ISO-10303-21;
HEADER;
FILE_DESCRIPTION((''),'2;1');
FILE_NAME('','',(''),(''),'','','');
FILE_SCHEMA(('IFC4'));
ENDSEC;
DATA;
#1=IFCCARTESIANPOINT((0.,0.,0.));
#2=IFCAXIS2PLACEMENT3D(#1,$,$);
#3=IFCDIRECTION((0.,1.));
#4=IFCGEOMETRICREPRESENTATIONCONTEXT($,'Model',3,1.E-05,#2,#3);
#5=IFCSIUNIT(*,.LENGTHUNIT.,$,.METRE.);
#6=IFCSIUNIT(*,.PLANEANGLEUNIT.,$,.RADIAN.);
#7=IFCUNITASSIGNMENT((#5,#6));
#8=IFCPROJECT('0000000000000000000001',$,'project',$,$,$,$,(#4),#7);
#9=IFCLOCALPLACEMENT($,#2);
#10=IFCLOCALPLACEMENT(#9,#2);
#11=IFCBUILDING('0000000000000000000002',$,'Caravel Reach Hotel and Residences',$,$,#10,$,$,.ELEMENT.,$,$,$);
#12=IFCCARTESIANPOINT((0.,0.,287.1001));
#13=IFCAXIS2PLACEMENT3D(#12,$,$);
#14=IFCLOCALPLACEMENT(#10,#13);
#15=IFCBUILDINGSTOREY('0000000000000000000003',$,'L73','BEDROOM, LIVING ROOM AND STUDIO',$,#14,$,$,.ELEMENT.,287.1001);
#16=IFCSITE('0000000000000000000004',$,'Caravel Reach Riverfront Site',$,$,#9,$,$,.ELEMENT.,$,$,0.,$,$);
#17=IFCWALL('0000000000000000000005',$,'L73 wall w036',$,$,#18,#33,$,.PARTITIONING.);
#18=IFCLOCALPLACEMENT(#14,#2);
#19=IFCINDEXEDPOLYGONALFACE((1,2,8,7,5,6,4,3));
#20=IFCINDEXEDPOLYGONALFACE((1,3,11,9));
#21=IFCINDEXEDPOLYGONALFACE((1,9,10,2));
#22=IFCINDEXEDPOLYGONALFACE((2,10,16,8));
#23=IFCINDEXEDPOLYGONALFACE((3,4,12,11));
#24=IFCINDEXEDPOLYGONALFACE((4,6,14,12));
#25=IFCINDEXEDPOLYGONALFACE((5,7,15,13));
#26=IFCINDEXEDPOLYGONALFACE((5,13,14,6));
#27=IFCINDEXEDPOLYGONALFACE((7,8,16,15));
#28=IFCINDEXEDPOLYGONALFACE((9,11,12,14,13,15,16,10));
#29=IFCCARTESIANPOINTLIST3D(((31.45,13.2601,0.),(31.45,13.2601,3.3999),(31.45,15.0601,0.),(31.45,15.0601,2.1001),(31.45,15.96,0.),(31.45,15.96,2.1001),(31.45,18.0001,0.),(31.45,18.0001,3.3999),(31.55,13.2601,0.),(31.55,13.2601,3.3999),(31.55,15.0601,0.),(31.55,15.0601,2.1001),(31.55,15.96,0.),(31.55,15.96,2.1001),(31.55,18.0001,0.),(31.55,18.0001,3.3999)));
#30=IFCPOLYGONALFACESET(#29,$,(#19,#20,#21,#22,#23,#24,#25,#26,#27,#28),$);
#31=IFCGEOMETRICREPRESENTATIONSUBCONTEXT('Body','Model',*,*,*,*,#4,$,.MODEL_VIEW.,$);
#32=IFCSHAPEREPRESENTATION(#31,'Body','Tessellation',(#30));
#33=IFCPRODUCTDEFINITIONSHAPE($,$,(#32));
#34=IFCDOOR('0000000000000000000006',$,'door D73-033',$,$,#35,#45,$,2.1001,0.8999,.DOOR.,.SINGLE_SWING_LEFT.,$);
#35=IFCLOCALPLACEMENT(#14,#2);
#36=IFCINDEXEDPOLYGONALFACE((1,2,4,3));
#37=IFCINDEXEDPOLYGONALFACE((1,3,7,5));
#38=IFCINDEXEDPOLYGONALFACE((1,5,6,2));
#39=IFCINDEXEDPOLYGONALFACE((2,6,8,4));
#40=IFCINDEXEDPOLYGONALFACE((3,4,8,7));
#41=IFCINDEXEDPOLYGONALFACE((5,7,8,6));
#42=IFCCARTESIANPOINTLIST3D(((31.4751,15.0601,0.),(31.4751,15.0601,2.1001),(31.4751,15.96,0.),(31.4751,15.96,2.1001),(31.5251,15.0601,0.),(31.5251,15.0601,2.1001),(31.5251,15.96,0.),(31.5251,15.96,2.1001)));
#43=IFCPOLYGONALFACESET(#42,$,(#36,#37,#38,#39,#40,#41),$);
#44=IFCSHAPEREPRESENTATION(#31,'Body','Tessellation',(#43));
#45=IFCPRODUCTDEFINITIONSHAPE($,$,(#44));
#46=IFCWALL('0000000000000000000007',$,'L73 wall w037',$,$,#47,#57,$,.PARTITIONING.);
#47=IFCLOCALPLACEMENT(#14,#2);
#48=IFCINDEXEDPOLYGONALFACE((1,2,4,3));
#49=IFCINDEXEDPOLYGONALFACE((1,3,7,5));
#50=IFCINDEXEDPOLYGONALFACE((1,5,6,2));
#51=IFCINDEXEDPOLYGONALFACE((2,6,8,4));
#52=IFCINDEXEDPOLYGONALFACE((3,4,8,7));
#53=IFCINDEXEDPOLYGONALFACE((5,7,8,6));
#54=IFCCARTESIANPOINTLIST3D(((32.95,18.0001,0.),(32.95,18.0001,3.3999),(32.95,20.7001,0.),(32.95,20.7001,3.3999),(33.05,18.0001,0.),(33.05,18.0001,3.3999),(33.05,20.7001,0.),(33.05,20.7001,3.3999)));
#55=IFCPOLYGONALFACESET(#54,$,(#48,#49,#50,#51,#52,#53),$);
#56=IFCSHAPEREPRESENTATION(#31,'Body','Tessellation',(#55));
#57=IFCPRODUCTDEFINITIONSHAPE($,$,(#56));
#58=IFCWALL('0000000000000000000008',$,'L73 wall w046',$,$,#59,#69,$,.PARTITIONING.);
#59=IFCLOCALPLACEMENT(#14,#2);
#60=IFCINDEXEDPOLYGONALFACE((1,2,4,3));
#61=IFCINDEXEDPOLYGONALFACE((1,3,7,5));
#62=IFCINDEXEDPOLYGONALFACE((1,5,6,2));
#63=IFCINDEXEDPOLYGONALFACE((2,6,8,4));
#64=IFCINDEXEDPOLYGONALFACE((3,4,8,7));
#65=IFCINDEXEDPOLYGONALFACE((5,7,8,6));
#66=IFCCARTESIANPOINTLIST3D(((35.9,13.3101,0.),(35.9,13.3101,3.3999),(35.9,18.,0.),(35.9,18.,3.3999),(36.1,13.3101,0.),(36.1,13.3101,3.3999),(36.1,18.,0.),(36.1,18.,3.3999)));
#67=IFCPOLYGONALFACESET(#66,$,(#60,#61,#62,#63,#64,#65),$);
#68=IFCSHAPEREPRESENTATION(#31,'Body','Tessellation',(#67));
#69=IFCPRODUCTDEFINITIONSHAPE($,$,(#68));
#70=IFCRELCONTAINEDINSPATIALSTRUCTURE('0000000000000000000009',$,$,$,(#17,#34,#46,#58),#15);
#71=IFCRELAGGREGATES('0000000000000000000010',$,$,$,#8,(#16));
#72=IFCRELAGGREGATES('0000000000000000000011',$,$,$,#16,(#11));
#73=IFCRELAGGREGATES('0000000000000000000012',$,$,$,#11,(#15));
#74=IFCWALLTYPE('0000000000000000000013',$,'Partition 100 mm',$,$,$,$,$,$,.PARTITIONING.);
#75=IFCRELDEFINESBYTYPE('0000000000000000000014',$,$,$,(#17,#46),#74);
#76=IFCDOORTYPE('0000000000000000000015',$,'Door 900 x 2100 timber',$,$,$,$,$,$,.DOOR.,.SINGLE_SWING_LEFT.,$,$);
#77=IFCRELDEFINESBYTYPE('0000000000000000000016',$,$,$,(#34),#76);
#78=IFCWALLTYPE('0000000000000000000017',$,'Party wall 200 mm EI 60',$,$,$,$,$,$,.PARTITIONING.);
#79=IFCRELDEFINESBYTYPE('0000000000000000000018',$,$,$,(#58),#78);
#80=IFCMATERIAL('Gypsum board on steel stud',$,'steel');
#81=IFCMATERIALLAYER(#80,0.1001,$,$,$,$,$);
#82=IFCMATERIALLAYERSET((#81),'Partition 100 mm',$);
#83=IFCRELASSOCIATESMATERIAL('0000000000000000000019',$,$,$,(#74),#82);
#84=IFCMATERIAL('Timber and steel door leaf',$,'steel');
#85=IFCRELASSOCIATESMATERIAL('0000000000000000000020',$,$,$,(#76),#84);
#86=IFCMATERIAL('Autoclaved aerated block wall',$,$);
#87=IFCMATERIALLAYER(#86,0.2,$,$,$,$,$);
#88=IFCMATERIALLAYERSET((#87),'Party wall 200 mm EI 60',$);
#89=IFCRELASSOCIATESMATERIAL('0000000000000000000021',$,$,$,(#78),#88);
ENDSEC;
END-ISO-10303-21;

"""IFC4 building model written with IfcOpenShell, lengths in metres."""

from ifc_helpers import new_model, si_unit, direction, frame, frame_2d, origin, place, context, subcontext, project, spatial, rectangle, extrude, material, layer, layer_set, type_object, element, fill, save


model = new_model("IFC4")

# Units and contexts
model_context = context("Model", 3, precision=1e-05, world=origin(), true_north=direction((0.0, 1.0)))
body_context = subcontext(model_context, "Body", "Model", "MODEL_VIEW")
ifc_project = project(units=[si_unit("LENGTHUNIT", "METRE"), si_unit("PLANEANGLEUNIT", "RADIAN")], contexts=[model_context])

# Site, building, storey
site_placement = place(None, origin())
site = spatial("IfcSite", under=ifc_project, at=site_placement, Name="Caravel Reach Riverfront Site", CompositionType="ELEMENT", RefElevation=0.0)
building_placement = place(site_placement, origin())
building = spatial("IfcBuilding", under=site, at=building_placement, Name="Caravel Reach Hotel and Residences", CompositionType="ELEMENT")
storey_placement = place(building_placement, frame((0.0, 0.0, 287.1001)))
storey = spatial("IfcBuildingStorey", under=building, at=storey_placement, Name="L73", Description="BEDROOM, LIVING ROOM AND STUDIO", CompositionType="ELEMENT", Elevation=287.1001)

# Shared definitions
ifc_material_1 = material(Name="Gypsum board on steel stud", Category="steel")
ifc_layer_1 = layer(ifc_material_1, 0.1001)
ifc_layer_set_1 = layer_set([ifc_layer_1], Name="Partition 100 mm")
wall_type_1 = type_object("IfcWallType", Name="Partition 100 mm", PredefinedType="PARTITIONING", material=ifc_layer_set_1)

# Wall, opening, door
ifc_material_2 = material(Name="Timber and steel door leaf", Category="steel")
door_type_1 = type_object("IfcDoorType", Name="Door 900 x 2100 timber", OperationType="SINGLE_SWING_LEFT", PredefinedType="DOOR", material=ifc_material_2)
wall_1_placement = place(storey_placement, frame((31.5, 13.26, 0.0), z_axis=(0.0, 0.0, 1.0), x_axis=(0.0, 1.0, 0.0)))
wall_1 = element("IfcWall", 1, at=wall_1_placement, inside=storey, type_object=wall_type_1, Name="L73 wall w036", PredefinedType="PARTITIONING", context=body_context, shape_type="SweptSolid", body=[
    extrude(rectangle(XDim=4.74, YDim=0.1001, at=frame_2d((2.3701, 0.0))), origin(), (0.0, 0.0, 1.0), 3.3999),
])
opening_1_placement = place(wall_1_placement, frame((1.8, 0.0, 0.0)))
opening_1 = element("IfcOpeningElement", 2, at=opening_1_placement, cuts=wall_1, PredefinedType="OPENING", context=body_context, shape_type="SweptSolid", body=[
    extrude(rectangle(XDim=0.8999, YDim=2.1001, at=frame_2d((0.45, 1.05))), frame((0.0, 0.0601, 0.0), z_axis=(0.0, -1.0, 0.0), x_axis=(1.0, 0.0, 0.0)), (0.0, 0.0, 1.0), 0.1201),
])
door_1_placement = place(opening_1_placement, origin())
door_1 = element("IfcDoor", 3, at=door_1_placement, inside=storey, type_object=door_type_1, Name="door D73-033", OperationType="SINGLE_SWING_LEFT", OverallHeight=2.1001, OverallWidth=0.8999, PredefinedType="DOOR", context=body_context, shape_type="SweptSolid", body=[
    extrude(rectangle(XDim=0.8999, YDim=2.1001, at=frame_2d((0.45, 1.05))), frame((0.0, 0.0249, 0.0), z_axis=(0.0, -1.0, 0.0), x_axis=(1.0, 0.0, 0.0)), (0.0, 0.0, 1.0), 0.05),
])
fill(opening_1, door_1)

# Walls
wall_2_placement = place(storey_placement, frame((33.0, 18.0, 0.0), z_axis=(0.0, 0.0, 1.0), x_axis=(0.0, 1.0, 0.0)))
element("IfcWall", 4, at=wall_2_placement, inside=storey, type_object=wall_type_1, Name="L73 wall w037", PredefinedType="PARTITIONING", context=body_context, shape_type="SweptSolid", body=[
    extrude(rectangle(XDim=2.7, YDim=0.1001, at=frame_2d((1.3501, 0.0))), origin(), (0.0, 0.0, 1.0), 3.3999),
])
ifc_material_3 = material(Name="Autoclaved aerated block wall")
ifc_layer_2 = layer(ifc_material_3, 0.2)
ifc_layer_set_2 = layer_set([ifc_layer_2], Name="Party wall 200 mm EI 60")
wall_type_2 = type_object("IfcWallType", Name="Party wall 200 mm EI 60", PredefinedType="PARTITIONING", material=ifc_layer_set_2)
wall_3_placement = place(storey_placement, frame((36.0, 13.3101, 0.0), z_axis=(0.0, 0.0, 1.0), x_axis=(0.0, 1.0, 0.0)))
element("IfcWall", 5, at=wall_3_placement, inside=storey, type_object=wall_type_2, Name="L73 wall w046", PredefinedType="PARTITIONING", context=body_context, shape_type="SweptSolid", body=[
    extrude(rectangle(XDim=4.6899, YDim=0.2, at=frame_2d((2.345, 0.0))), origin(), (0.0, 0.0, 1.0), 3.3999),
])

save(model, "model.ifc")
